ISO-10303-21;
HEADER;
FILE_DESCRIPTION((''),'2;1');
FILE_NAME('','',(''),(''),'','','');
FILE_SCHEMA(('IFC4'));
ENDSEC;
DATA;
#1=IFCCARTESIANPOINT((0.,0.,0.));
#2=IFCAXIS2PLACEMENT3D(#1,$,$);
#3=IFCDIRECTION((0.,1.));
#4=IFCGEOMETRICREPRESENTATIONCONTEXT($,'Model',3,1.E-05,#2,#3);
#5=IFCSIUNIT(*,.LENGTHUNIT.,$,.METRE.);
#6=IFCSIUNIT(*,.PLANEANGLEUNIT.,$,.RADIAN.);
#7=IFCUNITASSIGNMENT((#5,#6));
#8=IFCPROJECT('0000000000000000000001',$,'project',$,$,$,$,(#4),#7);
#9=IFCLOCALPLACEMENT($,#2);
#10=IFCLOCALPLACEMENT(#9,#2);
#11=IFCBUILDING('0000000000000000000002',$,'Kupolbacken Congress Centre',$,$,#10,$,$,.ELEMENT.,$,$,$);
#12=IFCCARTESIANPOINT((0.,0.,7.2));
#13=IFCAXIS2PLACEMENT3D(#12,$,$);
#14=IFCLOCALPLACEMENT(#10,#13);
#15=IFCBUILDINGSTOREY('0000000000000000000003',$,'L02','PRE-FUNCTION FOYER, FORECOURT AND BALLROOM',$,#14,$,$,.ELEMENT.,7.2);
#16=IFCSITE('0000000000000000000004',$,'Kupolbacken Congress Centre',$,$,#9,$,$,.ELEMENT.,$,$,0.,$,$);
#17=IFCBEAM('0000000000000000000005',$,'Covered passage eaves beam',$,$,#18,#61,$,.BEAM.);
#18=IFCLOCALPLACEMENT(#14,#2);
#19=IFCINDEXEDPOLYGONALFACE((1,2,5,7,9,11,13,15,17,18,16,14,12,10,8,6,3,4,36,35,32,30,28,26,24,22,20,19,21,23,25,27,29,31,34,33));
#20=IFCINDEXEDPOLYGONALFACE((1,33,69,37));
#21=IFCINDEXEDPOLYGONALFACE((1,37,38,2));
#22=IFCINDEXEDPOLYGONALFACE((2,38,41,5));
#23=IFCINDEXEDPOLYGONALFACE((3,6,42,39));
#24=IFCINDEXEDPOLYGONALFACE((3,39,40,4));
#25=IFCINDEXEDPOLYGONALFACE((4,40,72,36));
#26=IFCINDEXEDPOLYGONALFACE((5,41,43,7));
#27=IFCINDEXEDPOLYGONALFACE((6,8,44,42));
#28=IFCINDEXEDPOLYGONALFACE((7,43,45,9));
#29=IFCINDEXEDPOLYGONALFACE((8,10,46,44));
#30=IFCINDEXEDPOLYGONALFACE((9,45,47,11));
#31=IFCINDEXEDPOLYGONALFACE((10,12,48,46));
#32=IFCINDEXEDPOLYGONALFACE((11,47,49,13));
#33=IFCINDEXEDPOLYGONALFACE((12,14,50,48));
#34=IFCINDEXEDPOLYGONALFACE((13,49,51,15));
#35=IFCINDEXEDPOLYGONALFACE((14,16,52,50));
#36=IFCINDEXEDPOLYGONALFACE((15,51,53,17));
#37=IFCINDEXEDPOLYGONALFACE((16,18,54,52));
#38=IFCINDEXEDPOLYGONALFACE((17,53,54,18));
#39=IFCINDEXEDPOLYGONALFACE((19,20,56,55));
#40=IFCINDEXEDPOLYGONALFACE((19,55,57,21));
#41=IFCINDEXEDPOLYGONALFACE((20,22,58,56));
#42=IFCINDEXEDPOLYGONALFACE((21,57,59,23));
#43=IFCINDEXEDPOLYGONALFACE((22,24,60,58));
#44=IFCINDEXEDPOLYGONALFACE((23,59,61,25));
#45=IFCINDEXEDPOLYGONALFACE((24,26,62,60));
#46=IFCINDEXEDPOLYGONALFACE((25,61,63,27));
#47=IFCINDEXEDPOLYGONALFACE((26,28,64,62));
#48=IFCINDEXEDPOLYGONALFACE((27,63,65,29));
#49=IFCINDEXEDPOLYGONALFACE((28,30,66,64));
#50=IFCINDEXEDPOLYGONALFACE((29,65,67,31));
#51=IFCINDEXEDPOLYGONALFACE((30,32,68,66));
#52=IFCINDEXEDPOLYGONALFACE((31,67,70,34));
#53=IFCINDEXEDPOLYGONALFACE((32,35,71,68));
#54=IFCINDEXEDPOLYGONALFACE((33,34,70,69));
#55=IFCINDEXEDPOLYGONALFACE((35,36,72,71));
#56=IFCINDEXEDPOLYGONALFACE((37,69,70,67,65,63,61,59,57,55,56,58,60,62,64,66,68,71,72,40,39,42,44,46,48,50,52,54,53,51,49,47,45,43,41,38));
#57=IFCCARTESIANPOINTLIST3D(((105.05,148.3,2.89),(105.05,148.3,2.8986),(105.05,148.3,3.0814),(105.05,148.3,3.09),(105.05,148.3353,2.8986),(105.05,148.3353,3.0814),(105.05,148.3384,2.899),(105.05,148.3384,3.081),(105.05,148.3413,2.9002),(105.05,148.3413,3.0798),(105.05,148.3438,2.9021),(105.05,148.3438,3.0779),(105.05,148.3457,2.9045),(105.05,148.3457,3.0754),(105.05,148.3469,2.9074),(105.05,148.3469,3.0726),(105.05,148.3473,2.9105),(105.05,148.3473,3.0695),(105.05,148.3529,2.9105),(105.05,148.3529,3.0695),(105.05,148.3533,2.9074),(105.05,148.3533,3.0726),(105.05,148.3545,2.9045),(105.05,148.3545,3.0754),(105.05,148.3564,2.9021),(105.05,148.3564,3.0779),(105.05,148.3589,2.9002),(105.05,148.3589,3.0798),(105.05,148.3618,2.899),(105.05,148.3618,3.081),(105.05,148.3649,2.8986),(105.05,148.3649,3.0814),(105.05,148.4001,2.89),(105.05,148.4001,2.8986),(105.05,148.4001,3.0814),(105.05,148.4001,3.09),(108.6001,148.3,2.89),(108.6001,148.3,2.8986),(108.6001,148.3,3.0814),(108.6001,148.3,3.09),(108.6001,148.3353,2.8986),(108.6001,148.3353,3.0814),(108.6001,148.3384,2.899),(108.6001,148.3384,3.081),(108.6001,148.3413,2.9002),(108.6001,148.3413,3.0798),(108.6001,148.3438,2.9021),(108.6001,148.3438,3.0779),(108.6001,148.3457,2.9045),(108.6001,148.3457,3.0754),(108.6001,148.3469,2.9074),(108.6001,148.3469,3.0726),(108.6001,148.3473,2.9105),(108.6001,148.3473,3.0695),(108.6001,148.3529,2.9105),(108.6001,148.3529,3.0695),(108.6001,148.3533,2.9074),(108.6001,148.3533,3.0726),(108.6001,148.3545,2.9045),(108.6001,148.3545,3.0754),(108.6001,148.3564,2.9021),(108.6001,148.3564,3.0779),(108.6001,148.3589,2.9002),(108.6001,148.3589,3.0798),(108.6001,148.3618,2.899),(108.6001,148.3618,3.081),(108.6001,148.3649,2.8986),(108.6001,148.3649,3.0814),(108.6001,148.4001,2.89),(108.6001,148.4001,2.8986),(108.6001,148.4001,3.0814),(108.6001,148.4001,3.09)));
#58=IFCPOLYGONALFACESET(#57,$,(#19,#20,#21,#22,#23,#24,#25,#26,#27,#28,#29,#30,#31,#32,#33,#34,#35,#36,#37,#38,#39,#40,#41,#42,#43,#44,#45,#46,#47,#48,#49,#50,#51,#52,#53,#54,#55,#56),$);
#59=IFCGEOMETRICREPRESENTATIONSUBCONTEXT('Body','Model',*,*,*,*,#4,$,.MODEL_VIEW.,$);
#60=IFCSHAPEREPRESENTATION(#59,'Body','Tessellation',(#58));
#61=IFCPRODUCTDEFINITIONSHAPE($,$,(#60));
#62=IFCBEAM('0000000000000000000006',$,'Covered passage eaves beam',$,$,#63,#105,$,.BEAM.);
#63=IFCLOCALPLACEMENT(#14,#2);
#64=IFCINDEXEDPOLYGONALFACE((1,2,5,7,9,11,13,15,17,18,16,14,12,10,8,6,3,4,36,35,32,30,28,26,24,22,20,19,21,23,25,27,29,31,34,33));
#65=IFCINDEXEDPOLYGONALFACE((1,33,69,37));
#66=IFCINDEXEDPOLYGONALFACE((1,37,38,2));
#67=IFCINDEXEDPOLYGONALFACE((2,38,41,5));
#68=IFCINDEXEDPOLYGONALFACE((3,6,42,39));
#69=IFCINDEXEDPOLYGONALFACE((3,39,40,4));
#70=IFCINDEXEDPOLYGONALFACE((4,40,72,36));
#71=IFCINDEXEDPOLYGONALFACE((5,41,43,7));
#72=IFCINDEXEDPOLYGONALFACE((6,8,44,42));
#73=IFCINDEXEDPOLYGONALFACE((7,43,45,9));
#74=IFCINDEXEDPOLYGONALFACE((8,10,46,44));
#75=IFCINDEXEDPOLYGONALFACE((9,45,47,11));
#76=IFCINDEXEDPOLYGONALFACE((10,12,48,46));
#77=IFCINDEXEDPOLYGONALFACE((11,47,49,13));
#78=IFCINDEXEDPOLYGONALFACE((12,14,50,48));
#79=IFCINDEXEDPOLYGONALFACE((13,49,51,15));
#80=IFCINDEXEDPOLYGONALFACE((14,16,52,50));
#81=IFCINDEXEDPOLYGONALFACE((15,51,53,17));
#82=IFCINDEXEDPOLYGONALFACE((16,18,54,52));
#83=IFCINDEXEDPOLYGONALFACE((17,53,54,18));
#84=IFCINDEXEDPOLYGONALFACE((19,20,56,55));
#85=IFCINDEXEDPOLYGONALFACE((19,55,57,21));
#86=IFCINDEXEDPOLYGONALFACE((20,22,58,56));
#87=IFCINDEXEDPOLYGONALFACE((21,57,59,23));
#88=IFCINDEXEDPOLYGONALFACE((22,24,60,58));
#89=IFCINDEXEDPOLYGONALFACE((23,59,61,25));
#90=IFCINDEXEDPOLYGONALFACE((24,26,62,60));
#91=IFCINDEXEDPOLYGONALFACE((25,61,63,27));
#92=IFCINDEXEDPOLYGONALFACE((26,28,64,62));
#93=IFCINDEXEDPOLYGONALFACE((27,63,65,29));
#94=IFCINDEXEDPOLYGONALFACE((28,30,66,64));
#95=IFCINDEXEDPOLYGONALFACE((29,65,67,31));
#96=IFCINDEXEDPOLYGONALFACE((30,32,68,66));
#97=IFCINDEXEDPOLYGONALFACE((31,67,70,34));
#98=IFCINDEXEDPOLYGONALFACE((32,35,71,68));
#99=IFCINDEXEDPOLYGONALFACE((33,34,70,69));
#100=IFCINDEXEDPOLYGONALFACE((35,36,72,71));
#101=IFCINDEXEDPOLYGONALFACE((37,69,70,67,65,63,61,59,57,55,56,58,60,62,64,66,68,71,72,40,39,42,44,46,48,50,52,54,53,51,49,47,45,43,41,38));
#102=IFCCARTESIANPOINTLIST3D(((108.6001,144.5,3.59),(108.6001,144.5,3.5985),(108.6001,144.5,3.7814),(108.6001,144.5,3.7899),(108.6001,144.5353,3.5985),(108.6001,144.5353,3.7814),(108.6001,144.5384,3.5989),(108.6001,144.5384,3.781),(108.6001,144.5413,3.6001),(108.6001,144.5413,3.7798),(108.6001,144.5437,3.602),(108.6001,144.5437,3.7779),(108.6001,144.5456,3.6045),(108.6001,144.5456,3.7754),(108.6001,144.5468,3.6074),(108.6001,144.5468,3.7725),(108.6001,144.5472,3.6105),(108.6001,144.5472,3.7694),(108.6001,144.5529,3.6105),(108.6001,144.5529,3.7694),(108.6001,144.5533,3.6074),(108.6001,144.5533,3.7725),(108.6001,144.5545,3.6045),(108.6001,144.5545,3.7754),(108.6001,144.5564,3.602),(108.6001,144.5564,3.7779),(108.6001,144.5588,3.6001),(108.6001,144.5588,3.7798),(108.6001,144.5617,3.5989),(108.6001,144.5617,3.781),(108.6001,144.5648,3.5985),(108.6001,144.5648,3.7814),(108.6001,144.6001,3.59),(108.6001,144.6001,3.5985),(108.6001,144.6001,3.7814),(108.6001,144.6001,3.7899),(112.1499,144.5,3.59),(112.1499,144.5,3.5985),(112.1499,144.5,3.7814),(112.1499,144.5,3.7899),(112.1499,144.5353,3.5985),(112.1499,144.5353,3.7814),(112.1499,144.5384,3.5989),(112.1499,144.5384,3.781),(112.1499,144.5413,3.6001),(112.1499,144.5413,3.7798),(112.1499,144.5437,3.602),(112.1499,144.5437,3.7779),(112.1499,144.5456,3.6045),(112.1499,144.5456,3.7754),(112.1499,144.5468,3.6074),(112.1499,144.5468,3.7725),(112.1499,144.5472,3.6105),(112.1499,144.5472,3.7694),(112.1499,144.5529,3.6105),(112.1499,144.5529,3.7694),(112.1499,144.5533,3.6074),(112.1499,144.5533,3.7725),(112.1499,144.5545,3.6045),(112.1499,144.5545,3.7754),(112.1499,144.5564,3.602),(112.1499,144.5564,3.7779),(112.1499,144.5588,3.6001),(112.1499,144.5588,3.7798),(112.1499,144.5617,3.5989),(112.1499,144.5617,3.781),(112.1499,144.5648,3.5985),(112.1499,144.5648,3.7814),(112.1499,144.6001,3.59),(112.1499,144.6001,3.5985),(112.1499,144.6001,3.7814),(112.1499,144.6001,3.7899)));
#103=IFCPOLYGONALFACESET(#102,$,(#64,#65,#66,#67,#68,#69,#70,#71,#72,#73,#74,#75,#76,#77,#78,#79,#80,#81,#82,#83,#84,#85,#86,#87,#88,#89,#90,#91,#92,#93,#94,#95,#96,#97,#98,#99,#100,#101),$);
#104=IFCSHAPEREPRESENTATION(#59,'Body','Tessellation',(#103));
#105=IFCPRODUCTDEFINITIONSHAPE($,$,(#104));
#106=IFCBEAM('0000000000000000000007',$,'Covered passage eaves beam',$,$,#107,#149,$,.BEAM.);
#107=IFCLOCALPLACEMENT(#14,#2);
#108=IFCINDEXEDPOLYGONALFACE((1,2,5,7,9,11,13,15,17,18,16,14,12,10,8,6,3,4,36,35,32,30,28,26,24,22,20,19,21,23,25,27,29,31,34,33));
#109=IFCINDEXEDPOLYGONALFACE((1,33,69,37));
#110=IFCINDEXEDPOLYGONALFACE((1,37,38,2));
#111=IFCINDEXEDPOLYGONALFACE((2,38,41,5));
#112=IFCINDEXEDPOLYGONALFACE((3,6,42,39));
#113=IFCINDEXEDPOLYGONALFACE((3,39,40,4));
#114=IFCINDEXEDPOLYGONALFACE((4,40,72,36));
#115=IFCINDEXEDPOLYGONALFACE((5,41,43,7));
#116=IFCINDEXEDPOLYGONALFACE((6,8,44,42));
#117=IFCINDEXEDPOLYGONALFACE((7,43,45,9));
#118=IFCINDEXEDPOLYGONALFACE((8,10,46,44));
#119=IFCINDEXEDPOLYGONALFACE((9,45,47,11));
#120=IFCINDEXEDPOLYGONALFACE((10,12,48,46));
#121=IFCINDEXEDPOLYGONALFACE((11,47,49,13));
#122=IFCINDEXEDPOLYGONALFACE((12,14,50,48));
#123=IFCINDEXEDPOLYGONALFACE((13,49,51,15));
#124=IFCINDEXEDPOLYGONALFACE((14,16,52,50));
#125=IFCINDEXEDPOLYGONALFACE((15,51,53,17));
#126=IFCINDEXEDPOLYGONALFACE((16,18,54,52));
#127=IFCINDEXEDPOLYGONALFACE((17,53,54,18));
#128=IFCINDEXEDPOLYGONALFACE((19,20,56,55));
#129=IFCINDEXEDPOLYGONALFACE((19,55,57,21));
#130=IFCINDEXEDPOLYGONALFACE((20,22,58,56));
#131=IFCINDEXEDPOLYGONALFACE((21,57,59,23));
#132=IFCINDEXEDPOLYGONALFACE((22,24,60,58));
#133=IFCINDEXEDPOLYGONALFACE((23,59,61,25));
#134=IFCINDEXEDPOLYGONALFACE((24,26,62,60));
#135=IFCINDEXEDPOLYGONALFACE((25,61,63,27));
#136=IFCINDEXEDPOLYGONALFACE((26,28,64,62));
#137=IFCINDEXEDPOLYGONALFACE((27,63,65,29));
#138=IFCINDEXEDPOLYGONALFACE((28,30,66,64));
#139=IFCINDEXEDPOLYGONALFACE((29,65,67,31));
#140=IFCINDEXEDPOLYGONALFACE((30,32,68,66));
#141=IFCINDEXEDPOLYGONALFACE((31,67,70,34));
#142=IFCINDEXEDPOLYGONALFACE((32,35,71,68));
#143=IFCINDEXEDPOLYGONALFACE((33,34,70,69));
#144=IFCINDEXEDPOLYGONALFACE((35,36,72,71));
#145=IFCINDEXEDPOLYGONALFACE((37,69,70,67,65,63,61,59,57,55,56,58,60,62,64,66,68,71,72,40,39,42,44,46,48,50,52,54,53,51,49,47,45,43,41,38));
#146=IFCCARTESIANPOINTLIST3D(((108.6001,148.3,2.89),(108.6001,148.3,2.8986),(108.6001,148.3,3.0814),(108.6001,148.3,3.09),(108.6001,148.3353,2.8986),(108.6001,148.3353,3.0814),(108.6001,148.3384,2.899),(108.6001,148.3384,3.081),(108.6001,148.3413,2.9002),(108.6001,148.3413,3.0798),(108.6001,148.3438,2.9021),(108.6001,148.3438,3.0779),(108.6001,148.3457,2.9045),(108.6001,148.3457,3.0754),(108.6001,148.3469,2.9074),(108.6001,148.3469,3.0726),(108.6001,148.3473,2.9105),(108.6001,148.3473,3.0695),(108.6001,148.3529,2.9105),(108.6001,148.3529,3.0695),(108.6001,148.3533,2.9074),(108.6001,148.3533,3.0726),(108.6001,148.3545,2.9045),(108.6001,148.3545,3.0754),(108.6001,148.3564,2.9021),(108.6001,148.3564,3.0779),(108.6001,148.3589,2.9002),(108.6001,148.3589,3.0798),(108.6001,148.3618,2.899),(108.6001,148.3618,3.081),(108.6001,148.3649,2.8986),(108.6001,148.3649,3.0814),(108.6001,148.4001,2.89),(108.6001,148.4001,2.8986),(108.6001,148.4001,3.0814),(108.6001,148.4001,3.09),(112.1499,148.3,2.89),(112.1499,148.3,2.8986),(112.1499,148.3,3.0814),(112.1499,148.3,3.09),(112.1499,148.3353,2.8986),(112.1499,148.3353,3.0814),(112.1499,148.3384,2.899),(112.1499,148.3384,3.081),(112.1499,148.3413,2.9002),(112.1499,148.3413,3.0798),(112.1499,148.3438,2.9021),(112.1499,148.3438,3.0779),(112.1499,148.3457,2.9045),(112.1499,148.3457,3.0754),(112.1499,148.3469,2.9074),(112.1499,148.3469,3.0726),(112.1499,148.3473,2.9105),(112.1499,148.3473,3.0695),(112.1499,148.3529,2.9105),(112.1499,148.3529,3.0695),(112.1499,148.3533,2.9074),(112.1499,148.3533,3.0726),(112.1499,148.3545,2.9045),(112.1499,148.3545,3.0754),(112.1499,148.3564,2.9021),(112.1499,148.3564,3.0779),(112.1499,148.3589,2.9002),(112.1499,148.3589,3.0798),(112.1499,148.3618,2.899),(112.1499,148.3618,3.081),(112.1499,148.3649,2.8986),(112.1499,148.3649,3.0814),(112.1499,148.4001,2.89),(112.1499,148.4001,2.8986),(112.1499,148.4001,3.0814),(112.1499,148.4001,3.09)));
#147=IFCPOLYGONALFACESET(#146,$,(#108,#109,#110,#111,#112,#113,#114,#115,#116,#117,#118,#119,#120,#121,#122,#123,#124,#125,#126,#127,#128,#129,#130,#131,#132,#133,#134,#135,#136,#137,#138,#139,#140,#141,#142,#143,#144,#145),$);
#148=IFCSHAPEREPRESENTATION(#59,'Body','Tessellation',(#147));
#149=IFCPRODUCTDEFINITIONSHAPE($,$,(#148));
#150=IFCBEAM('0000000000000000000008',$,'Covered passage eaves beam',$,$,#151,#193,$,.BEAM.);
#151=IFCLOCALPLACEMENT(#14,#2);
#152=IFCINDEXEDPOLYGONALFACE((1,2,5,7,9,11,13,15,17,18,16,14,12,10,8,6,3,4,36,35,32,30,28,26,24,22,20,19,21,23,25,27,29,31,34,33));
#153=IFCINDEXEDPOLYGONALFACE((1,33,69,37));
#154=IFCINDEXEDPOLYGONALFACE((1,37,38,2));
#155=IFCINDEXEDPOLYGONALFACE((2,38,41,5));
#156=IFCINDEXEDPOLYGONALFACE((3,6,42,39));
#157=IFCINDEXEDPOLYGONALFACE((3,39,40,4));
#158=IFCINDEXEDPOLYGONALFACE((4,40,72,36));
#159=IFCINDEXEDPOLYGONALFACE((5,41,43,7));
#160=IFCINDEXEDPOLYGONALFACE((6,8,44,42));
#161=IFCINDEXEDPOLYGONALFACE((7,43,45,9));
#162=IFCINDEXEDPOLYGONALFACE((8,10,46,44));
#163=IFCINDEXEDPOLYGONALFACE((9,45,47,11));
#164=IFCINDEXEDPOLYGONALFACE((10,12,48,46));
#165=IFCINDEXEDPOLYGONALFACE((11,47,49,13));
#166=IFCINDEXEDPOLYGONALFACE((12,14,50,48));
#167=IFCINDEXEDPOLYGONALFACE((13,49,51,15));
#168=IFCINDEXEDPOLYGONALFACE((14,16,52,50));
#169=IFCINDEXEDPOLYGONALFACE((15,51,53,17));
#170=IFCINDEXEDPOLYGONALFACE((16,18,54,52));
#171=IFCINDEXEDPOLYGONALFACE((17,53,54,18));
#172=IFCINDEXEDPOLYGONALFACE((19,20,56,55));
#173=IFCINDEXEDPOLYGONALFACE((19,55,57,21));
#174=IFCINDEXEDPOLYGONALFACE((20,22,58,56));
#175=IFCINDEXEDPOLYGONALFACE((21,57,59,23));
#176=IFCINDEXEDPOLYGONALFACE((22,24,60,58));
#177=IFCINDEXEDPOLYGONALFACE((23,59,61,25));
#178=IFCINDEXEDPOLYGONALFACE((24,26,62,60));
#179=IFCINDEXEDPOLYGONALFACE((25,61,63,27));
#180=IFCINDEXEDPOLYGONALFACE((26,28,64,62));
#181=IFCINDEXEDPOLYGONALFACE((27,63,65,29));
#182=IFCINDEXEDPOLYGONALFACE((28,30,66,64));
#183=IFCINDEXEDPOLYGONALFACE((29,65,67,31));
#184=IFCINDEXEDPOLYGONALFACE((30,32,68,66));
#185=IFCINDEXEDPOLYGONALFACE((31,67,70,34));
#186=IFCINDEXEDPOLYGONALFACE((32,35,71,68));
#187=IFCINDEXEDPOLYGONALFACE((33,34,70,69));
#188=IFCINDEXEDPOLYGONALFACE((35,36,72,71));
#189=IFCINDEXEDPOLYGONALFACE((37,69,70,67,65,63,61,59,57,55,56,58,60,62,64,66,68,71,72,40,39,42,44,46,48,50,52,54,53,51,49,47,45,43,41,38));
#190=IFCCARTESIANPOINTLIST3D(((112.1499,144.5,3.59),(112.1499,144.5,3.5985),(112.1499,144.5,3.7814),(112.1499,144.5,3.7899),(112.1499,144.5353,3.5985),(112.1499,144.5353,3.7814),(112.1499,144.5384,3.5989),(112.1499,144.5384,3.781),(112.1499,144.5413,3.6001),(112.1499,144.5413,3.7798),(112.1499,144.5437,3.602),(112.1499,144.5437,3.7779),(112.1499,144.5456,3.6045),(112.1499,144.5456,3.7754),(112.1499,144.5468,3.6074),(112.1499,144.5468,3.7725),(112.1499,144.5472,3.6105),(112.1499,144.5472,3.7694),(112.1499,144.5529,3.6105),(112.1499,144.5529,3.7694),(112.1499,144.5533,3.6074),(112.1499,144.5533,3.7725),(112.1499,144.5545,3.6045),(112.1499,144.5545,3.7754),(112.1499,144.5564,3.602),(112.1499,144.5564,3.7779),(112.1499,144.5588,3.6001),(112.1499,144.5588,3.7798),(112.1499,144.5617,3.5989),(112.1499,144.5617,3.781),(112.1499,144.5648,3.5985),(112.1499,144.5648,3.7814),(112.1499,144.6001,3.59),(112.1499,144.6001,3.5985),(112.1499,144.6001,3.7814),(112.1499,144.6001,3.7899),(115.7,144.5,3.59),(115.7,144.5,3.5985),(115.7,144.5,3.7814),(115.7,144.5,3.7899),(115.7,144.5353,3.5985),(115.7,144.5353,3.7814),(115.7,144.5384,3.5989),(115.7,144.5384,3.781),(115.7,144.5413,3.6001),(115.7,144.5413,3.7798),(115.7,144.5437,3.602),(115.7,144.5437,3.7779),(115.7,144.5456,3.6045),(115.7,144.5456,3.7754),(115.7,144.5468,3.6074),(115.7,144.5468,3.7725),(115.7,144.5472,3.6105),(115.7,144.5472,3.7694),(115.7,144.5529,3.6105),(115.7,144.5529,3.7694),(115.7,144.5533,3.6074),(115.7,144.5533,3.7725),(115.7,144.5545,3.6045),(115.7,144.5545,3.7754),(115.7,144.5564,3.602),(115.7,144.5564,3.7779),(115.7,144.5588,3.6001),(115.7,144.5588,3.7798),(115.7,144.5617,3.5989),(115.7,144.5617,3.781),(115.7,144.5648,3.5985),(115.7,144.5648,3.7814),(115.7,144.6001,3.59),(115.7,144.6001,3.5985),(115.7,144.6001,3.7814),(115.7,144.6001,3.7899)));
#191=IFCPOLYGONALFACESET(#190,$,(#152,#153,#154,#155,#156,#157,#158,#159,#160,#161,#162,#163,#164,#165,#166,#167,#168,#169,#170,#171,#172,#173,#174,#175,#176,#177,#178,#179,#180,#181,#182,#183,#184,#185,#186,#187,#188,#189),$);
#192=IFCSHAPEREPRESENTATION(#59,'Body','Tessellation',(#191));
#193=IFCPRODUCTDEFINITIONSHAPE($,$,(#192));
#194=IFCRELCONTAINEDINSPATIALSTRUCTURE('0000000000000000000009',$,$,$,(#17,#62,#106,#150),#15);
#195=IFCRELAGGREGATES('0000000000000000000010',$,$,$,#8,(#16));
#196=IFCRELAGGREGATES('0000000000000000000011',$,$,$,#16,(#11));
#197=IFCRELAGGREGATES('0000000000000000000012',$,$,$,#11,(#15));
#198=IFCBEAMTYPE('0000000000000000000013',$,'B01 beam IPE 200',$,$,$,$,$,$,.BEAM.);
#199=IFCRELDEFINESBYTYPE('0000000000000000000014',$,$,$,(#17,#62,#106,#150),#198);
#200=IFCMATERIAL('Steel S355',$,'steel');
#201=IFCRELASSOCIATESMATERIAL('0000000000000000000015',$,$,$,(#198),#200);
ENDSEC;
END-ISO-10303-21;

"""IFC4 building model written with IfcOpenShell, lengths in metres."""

from ifc_helpers import new_model, si_unit, direction, frame, origin, origin_2d, place, context, subcontext, project, spatial, i_section, extrude, material, material_profile, profile_set, type_object, element, save


model = new_model("IFC4")

# Units and contexts
model_context = context("Model", 3, precision=1e-05, world=origin(), true_north=direction((0.0, 1.0)))
body_context = subcontext(model_context, "Body", "Model", "MODEL_VIEW")
ifc_project = project(units=[si_unit("LENGTHUNIT", "METRE"), si_unit("PLANEANGLEUNIT", "RADIAN")], contexts=[model_context])

# Site, building, storey
site_placement = place(None, origin())
site = spatial("IfcSite", under=ifc_project, at=site_placement, Name="Kupolbacken Congress Centre", CompositionType="ELEMENT", RefElevation=0.0)
building_placement = place(site_placement, origin())
building = spatial("IfcBuilding", under=site, at=building_placement, Name="Kupolbacken Congress Centre", CompositionType="ELEMENT")
storey_placement = place(building_placement, frame((0.0, 0.0, 7.2)))
storey = spatial("IfcBuildingStorey", under=building, at=storey_placement, Name="L02", Description="PRE-FUNCTION FOYER, FORECOURT AND BALLROOM", CompositionType="ELEMENT", Elevation=7.2)

# Beams
ifc_material_1 = material(Name="Steel S355", Category="steel")
ifc_material_profile_1 = material_profile(ifc_material_1, i_section(OverallWidth=0.1001, OverallDepth=0.2, WebThickness=0.0056, FlangeThickness=0.0085, FilletRadius=0.012, at=origin_2d()), Name="IPE 200")
ifc_profile_set_1 = profile_set([ifc_material_profile_1], Name="Steel S355")
beam_type_1 = type_object("IfcBeamType", Name="B01 beam IPE 200", PredefinedType="BEAM", material=ifc_profile_set_1)
for number, where, z_axis, x_axis, name in (
    (1, (105.05, 148.3501, 2.99), (1.0, 0.0, 0.0), (0.0, 1.0, 0.0), "Covered passage eaves beam"),
):
    element("IfcBeam", number, at=place(storey_placement, frame(where, z_axis=z_axis, x_axis=x_axis)), inside=storey, type_object=beam_type_1, Name=name, PredefinedType="BEAM", context=body_context, shape_type="SweptSolid", body=[
        extrude(i_section(OverallWidth=0.1001, OverallDepth=0.2, WebThickness=0.0056, FlangeThickness=0.0085, FilletRadius=0.012, at=origin_2d()), origin(), (0.0, 0.0, 1.0), 3.55),
    ])
for number, where, z_axis, x_axis, name in (
    (2, (108.6001, 144.55, 3.6899), (1.0, 0.0, 0.0), (0.0, 1.0, 0.0), "Covered passage eaves beam"),
    (3, (108.6001, 148.3501, 2.99), (1.0, 0.0, 0.0), (0.0, 1.0, 0.0), "Covered passage eaves beam"),
):
    element("IfcBeam", number, at=place(storey_placement, frame(where, z_axis=z_axis, x_axis=x_axis)), inside=storey, type_object=beam_type_1, Name=name, PredefinedType="BEAM", context=body_context, shape_type="SweptSolid", body=[
        extrude(i_section(OverallWidth=0.1001, OverallDepth=0.2, WebThickness=0.0056, FlangeThickness=0.0085, FilletRadius=0.012, at=origin_2d()), origin(), (0.0, 0.0, 1.0), 3.5498),
    ])
for number, where, z_axis, x_axis, name in (
    (4, (112.1499, 144.55, 3.6899), (1.0, 0.0, 0.0), (0.0, 1.0, 0.0), "Covered passage eaves beam"),
):
    element("IfcBeam", number, at=place(storey_placement, frame(where, z_axis=z_axis, x_axis=x_axis)), inside=storey, type_object=beam_type_1, Name=name, PredefinedType="BEAM", context=body_context, shape_type="SweptSolid", body=[
        extrude(i_section(OverallWidth=0.1001, OverallDepth=0.2, WebThickness=0.0056, FlangeThickness=0.0085, FilletRadius=0.012, at=origin_2d()), origin(), (0.0, 0.0, 1.0), 3.55),
    ])

save(model, "model.ifc")
